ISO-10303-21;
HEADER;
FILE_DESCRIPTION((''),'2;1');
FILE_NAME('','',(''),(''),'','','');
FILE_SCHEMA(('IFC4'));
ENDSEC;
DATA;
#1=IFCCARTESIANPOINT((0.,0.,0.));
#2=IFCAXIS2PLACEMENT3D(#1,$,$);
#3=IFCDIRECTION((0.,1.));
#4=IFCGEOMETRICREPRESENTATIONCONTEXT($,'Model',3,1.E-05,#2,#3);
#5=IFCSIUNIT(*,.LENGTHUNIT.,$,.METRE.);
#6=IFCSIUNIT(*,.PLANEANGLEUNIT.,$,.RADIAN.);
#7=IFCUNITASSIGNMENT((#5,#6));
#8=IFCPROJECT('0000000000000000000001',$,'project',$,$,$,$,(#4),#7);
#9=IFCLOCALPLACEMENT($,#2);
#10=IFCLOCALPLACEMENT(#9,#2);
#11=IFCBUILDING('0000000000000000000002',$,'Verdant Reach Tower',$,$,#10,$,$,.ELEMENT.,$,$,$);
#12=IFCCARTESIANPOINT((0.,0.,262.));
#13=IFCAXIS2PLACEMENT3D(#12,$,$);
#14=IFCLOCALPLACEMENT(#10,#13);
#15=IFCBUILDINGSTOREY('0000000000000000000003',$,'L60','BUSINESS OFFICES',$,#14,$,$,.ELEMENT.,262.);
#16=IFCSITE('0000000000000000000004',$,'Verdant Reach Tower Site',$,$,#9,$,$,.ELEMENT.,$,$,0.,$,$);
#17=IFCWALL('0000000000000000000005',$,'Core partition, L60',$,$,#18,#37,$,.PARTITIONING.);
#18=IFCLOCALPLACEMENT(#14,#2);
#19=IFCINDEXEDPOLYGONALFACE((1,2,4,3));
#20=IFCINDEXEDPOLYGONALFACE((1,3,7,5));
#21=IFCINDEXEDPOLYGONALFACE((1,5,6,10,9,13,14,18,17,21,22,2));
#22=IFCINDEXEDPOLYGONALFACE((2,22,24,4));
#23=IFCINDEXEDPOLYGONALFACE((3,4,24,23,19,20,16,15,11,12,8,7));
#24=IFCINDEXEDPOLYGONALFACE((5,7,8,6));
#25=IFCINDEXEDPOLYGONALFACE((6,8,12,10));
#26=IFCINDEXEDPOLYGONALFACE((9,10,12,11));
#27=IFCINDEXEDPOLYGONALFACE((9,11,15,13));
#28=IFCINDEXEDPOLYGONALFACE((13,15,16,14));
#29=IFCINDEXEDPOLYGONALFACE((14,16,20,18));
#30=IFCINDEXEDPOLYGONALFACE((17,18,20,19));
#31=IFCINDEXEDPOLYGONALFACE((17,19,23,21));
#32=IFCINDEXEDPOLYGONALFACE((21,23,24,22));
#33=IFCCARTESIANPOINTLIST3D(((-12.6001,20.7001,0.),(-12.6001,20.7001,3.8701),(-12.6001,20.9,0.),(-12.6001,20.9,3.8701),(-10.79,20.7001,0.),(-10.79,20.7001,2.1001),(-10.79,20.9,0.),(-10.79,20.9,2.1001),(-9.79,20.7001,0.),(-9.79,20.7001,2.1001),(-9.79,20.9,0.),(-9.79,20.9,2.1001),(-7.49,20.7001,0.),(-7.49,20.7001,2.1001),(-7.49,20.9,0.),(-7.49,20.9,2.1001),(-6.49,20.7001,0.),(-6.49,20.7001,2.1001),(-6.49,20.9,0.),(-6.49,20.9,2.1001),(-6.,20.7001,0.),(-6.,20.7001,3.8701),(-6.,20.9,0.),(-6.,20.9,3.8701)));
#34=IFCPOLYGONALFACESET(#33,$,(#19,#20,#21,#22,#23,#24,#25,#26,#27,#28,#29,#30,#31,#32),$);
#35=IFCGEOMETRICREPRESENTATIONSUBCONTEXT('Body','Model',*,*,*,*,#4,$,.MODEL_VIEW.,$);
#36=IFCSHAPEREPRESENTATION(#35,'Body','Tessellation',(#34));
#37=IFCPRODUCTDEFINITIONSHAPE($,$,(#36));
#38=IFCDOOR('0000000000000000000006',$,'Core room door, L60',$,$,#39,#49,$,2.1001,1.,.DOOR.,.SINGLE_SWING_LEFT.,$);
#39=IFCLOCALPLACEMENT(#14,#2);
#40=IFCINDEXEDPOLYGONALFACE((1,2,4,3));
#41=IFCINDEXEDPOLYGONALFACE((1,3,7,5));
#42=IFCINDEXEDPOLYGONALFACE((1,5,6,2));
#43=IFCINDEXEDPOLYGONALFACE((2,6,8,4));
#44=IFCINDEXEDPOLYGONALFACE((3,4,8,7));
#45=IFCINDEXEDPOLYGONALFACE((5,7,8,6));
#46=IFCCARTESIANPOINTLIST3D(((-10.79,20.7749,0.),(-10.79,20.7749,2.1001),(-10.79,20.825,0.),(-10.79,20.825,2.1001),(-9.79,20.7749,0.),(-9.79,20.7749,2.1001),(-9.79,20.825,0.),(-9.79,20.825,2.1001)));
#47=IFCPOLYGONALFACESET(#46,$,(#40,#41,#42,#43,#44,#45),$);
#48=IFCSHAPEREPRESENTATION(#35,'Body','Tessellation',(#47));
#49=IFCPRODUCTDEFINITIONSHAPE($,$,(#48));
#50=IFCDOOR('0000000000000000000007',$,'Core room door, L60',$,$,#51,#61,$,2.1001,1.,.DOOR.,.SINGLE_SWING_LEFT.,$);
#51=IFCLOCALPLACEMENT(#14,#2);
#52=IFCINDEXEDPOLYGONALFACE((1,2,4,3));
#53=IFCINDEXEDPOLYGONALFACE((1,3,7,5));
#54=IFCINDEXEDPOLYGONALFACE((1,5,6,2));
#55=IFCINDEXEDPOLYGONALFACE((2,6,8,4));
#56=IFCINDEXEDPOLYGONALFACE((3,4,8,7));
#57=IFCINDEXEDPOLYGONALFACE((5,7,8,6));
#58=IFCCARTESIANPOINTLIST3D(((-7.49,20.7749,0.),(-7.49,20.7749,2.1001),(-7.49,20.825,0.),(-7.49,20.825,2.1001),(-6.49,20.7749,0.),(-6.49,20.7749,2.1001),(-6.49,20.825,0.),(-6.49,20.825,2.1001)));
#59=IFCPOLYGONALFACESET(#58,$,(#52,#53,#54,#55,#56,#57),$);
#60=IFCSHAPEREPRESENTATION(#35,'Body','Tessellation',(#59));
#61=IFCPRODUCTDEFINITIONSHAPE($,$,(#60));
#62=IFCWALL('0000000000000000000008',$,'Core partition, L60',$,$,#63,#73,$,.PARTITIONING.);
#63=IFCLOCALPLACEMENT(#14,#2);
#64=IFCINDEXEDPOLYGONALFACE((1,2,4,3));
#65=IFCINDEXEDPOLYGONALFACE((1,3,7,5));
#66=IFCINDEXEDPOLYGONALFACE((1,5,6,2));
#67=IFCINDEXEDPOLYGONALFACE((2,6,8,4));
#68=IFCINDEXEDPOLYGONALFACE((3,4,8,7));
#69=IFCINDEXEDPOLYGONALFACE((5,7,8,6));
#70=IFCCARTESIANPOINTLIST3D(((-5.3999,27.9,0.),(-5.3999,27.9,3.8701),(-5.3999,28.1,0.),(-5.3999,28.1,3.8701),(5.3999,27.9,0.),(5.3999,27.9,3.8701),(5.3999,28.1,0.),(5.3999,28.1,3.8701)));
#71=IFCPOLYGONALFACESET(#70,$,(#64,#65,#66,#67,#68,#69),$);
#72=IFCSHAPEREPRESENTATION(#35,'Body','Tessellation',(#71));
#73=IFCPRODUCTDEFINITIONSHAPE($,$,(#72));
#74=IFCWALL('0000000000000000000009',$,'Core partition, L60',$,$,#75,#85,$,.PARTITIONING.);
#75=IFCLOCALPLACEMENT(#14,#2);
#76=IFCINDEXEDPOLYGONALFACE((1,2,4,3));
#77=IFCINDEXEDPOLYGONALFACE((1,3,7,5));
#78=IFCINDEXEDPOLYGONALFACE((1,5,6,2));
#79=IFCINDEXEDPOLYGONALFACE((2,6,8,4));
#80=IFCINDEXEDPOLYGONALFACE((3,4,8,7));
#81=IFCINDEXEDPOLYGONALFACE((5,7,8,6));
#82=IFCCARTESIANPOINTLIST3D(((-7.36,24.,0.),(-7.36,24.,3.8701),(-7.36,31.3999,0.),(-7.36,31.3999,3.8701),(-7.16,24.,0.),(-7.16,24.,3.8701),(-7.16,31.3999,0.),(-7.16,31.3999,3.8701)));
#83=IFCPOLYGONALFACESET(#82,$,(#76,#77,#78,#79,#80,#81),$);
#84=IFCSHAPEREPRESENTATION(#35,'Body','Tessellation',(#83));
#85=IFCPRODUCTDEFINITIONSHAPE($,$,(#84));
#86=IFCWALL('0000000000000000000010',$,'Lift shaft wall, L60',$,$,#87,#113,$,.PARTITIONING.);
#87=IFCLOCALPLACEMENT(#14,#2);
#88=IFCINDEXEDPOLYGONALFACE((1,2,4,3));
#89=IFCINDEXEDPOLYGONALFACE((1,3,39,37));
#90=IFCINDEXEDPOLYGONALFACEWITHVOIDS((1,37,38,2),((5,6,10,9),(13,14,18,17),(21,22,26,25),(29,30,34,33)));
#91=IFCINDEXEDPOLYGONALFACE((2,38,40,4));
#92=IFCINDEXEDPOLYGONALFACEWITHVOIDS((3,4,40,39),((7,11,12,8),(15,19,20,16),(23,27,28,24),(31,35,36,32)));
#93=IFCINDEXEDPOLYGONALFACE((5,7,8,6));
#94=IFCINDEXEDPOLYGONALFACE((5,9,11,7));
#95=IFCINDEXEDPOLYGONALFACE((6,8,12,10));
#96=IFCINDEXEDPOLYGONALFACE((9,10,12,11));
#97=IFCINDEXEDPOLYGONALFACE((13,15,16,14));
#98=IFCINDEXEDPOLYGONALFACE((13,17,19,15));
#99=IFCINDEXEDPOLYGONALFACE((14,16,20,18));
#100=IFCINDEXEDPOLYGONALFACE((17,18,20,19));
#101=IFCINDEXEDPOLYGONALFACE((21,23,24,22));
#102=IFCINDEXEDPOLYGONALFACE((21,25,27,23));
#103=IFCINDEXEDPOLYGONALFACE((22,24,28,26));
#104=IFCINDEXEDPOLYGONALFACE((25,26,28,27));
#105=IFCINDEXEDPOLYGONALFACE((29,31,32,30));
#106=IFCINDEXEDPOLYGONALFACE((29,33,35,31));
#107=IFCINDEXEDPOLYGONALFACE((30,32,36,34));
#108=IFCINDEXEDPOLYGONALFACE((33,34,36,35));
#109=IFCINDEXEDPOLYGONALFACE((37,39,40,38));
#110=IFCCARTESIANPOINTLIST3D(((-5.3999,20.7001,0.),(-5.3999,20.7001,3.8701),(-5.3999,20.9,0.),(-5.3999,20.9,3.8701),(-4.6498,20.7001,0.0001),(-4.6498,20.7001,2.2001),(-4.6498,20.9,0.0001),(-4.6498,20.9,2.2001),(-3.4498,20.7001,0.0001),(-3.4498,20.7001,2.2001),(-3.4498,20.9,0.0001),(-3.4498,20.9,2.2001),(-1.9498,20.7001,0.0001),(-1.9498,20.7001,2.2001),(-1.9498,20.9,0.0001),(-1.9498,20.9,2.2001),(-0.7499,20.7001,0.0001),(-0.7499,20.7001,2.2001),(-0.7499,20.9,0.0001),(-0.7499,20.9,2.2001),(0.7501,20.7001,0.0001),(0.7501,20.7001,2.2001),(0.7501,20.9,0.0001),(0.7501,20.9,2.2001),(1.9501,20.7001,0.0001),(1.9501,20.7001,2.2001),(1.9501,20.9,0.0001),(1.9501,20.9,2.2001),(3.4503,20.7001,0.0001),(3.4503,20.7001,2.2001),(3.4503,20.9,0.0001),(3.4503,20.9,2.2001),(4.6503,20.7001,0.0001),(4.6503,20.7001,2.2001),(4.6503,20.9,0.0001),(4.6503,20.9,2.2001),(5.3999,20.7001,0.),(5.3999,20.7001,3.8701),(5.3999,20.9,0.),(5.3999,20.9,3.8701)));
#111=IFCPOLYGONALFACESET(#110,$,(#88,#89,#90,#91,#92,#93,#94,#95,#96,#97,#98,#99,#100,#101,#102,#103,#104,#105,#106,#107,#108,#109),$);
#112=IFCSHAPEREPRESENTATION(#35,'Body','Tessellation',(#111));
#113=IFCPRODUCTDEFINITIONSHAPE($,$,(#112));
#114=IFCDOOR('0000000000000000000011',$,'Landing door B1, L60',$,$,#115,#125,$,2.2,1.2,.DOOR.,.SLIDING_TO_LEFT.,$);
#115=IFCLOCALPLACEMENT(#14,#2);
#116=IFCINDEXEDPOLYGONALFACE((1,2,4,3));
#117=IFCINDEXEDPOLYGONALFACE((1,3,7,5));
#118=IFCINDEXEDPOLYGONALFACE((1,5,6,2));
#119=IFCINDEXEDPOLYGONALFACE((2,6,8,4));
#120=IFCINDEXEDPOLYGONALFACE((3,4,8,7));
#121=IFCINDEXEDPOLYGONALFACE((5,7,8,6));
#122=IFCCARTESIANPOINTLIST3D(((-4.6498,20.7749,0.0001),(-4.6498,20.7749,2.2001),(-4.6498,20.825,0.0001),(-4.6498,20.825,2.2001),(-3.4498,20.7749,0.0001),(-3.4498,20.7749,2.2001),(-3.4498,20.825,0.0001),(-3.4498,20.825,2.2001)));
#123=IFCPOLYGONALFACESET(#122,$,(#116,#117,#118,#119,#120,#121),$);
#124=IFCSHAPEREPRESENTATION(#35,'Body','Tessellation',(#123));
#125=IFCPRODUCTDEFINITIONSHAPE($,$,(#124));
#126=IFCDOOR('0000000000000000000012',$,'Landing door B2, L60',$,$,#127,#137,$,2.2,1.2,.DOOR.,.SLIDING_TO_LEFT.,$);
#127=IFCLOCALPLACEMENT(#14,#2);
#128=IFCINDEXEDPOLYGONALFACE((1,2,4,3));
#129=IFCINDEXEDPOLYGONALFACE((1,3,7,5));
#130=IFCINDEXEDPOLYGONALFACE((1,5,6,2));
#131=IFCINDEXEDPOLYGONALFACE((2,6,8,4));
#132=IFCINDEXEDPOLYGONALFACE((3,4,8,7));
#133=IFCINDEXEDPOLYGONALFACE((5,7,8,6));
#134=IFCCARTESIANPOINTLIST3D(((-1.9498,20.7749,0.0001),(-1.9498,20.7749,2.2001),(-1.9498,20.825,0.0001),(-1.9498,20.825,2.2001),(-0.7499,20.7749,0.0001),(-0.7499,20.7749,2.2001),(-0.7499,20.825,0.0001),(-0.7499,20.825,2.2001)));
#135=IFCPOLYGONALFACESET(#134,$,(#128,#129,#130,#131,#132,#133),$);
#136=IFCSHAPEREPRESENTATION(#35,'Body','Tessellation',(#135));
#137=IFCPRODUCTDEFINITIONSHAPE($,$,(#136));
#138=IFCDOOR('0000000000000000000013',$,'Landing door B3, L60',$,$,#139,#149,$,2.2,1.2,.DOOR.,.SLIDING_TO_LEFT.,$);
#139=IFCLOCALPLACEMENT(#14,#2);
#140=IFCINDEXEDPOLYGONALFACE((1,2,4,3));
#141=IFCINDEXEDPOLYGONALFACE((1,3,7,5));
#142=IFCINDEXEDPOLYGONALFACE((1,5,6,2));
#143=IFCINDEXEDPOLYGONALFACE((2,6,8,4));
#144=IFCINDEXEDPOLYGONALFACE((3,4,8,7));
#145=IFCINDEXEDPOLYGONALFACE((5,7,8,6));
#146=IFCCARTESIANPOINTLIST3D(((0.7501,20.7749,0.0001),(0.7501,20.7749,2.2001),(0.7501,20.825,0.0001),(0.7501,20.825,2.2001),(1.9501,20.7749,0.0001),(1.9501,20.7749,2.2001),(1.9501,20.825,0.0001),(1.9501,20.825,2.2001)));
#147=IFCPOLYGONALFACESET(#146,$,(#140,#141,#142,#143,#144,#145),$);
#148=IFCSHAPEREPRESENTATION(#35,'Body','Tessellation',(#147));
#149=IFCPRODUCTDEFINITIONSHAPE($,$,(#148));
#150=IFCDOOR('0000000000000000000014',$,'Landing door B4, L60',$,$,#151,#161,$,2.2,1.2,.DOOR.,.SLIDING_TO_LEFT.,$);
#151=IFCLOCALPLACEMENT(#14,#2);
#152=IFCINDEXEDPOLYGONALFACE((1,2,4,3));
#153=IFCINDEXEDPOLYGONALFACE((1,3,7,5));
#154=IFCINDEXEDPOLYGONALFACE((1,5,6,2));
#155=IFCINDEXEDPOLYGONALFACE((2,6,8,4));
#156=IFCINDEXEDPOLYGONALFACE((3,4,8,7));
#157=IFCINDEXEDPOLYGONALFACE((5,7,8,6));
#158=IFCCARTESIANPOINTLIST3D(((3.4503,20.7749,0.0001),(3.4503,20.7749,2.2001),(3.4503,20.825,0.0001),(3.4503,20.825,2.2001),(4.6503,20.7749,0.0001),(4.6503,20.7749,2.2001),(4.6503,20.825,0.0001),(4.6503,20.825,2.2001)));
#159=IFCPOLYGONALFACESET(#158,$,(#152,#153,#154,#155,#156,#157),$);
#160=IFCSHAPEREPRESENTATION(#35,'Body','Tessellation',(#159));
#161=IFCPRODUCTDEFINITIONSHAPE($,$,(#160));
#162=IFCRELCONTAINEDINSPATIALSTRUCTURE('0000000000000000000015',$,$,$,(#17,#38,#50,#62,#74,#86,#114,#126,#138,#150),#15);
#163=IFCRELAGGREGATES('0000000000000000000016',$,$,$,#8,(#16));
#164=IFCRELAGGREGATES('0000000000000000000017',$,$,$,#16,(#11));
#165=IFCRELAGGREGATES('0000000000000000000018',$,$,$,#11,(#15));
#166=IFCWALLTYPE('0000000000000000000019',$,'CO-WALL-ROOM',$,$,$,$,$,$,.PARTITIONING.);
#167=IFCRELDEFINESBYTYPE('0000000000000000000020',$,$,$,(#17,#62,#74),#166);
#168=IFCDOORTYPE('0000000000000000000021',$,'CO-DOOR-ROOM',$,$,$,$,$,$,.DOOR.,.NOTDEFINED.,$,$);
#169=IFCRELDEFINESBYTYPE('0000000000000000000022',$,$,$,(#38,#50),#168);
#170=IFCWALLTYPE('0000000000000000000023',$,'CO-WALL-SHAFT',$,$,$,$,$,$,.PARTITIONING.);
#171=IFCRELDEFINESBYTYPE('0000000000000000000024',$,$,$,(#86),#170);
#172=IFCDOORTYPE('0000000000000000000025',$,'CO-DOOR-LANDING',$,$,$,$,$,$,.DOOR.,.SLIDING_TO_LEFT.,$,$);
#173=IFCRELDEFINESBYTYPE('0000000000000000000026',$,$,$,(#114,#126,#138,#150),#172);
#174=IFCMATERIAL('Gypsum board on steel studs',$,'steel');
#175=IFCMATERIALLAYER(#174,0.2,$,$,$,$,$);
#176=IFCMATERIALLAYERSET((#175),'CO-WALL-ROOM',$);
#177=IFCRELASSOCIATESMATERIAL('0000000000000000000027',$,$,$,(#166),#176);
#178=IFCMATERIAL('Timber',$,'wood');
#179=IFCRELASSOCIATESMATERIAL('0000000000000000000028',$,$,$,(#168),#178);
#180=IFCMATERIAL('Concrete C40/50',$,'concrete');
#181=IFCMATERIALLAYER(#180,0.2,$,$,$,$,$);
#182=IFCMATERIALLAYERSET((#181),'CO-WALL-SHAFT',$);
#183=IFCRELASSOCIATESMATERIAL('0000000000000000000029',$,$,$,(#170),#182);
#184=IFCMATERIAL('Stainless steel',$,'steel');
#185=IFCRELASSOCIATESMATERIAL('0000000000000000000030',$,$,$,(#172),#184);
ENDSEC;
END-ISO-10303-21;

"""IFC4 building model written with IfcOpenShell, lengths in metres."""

from ifc_helpers import new_model, si_unit, direction, frame, frame_2d, origin, place, context, subcontext, project, spatial, rectangle, extrude, material, layer, layer_set, type_object, element, fill, save


model = new_model("IFC4")

# Units and contexts
model_context = context("Model", 3, precision=1e-05, world=origin(), true_north=direction((0.0, 1.0)))
body_context = subcontext(model_context, "Body", "Model", "MODEL_VIEW")
ifc_project = project(units=[si_unit("LENGTHUNIT", "METRE"), si_unit("PLANEANGLEUNIT", "RADIAN")], contexts=[model_context])

# Site, building, storey
site_placement = place(None, origin())
site = spatial("IfcSite", under=ifc_project, at=site_placement, Name="Verdant Reach Tower Site", CompositionType="ELEMENT", RefElevation=0.0)
building_placement = place(site_placement, origin())
building = spatial("IfcBuilding", under=site, at=building_placement, Name="Verdant Reach Tower", CompositionType="ELEMENT")
storey_placement = place(building_placement, frame((0.0, 0.0, 262.0)))
storey = spatial("IfcBuildingStorey", under=building, at=storey_placement, Name="L60", Description="BUSINESS OFFICES", CompositionType="ELEMENT", Elevation=262.0)

# Wall, openings, doors
ifc_material_1 = material(Name="Gypsum board on steel studs", Category="steel")
ifc_layer_1 = layer(ifc_material_1, 0.2)
ifc_layer_set_1 = layer_set([ifc_layer_1], Name="CO-WALL-ROOM")
wall_type_1 = type_object("IfcWallType", Name="CO-WALL-ROOM", PredefinedType="PARTITIONING", material=ifc_layer_set_1)
wall_1_placement = place(storey_placement, frame((-12.6001, 20.8, 0.0), z_axis=(0.0, 0.0, 1.0), x_axis=(1.0, 0.0, 0.0)))
wall_1 = element("IfcWall", 1, at=wall_1_placement, inside=storey, type_object=wall_type_1, Name="Core partition, L60", PredefinedType="PARTITIONING", context=body_context, shape_type="SweptSolid", body=[
    extrude(rectangle(XDim=6.6001, YDim=0.2, at=frame_2d((3.3, 0.0))), origin(), (0.0, 0.0, 1.0), 3.8701),
])
opening_1_placement = place(wall_1_placement, frame((1.8101, 0.0, 0.0)))
opening_1 = element("IfcOpeningElement", 2, at=opening_1_placement, cuts=wall_1, PredefinedType="OPENING", context=body_context, shape_type="SweptSolid", body=[
    extrude(rectangle(XDim=1.0, YDim=2.1001, at=frame_2d((0.5, 1.05))), frame((0.0, 0.1099, 0.0), z_axis=(0.0, -1.0, 0.0), x_axis=(1.0, 0.0, 0.0)), (0.0, 0.0, 1.0), 0.22),
])
opening_2_placement = place(wall_1_placement, frame((5.1101, 0.0, 0.0)))
opening_2 = element("IfcOpeningElement", 3, at=opening_2_placement, cuts=wall_1, PredefinedType="OPENING", context=body_context, shape_type="SweptSolid", body=[
    extrude(rectangle(XDim=1.0, YDim=2.1001, at=frame_2d((0.5, 1.05))), frame((0.0, 0.1099, 0.0), z_axis=(0.0, -1.0, 0.0), x_axis=(1.0, 0.0, 0.0)), (0.0, 0.0, 1.0), 0.22),
])
ifc_material_2 = material(Name="Timber", Category="wood")
door_type_1 = type_object("IfcDoorType", Name="CO-DOOR-ROOM", OperationType="NOTDEFINED", PredefinedType="DOOR", material=ifc_material_2)
door_1_placement = place(opening_1_placement, origin())
door_1 = element("IfcDoor", 4, at=door_1_placement, inside=storey, type_object=door_type_1, Name="Core room door, L60", OperationType="SINGLE_SWING_LEFT", OverallHeight=2.1001, OverallWidth=1.0, PredefinedType="DOOR", context=body_context, shape_type="SweptSolid", body=[
    extrude(rectangle(XDim=1.0, YDim=2.1001, at=frame_2d((0.5, 1.05))), frame((0.0, 0.0249, 0.0), z_axis=(0.0, -1.0, 0.0), x_axis=(1.0, 0.0, 0.0)), (0.0, 0.0, 1.0), 0.05),
])
fill(opening_1, door_1)
door_2_placement = place(opening_2_placement, origin())
door_2 = element("IfcDoor", 5, at=door_2_placement, inside=storey, type_object=door_type_1, Name="Core room door, L60", OperationType="SINGLE_SWING_LEFT", OverallHeight=2.1001, OverallWidth=1.0, PredefinedType="DOOR", context=body_context, shape_type="SweptSolid", body=[
    extrude(rectangle(XDim=1.0, YDim=2.1001, at=frame_2d((0.5, 1.05))), frame((0.0, 0.0249, 0.0), z_axis=(0.0, -1.0, 0.0), x_axis=(1.0, 0.0, 0.0)), (0.0, 0.0, 1.0), 0.05),
])
fill(opening_2, door_2)

# Walls
wall_2_placement = place(storey_placement, frame((-5.3999, 28.0, 0.0), z_axis=(0.0, 0.0, 1.0), x_axis=(1.0, 0.0, 0.0)))
element("IfcWall", 6, at=wall_2_placement, inside=storey, type_object=wall_type_1, Name="Core partition, L60", PredefinedType="PARTITIONING", context=body_context, shape_type="SweptSolid", body=[
    extrude(rectangle(XDim=10.7998, YDim=0.2, at=frame_2d((5.3999, 0.0))), origin(), (0.0, 0.0, 1.0), 3.8701),
])
wall_3_placement = place(storey_placement, frame((-7.26, 24.0, 0.0), z_axis=(0.0, 0.0, 1.0), x_axis=(0.0, 1.0, 0.0)))
element("IfcWall", 7, at=wall_3_placement, inside=storey, type_object=wall_type_1, Name="Core partition, L60", PredefinedType="PARTITIONING", context=body_context, shape_type="SweptSolid", body=[
    extrude(rectangle(XDim=7.3999, YDim=0.2, at=frame_2d((3.7, 0.0))), origin(), (0.0, 0.0, 1.0), 3.8701),
])

# Wall, openings, doors
ifc_material_3 = material(Name="Concrete C40/50", Category="concrete")
ifc_layer_2 = layer(ifc_material_3, 0.2)
ifc_layer_set_2 = layer_set([ifc_layer_2], Name="CO-WALL-SHAFT")
wall_type_2 = type_object("IfcWallType", Name="CO-WALL-SHAFT", PredefinedType="PARTITIONING", material=ifc_layer_set_2)
wall_4_placement = place(storey_placement, frame((-5.3999, 20.8, 0.0), z_axis=(0.0, 0.0, 1.0), x_axis=(1.0, 0.0, 0.0)))
wall_4 = element("IfcWall", 8, at=wall_4_placement, inside=storey, type_object=wall_type_2, Name="Lift shaft wall, L60", PredefinedType="PARTITIONING", context=body_context, shape_type="SweptSolid", body=[
    extrude(rectangle(XDim=10.7998, YDim=0.2, at=frame_2d((5.3999, 0.0))), origin(), (0.0, 0.0, 1.0), 3.8701),
])
opening_3_placement = place(wall_4_placement, frame((0.75, 0.0, 0.0)))
opening_3 = element("IfcOpeningElement", 9, at=opening_3_placement, cuts=wall_4, PredefinedType="OPENING", context=body_context, shape_type="SweptSolid", body=[
    extrude(rectangle(XDim=1.2, YDim=2.2, at=frame_2d((0.6001, 1.1001))), frame((0.0, 0.1099, 0.0), z_axis=(0.0, -1.0, 0.0), x_axis=(1.0, 0.0, 0.0)), (0.0, 0.0, 1.0), 0.22),
])
opening_4_placement = place(wall_4_placement, frame((3.45, 0.0, 0.0)))
opening_4 = element("IfcOpeningElement", 10, at=opening_4_placement, cuts=wall_4, PredefinedType="OPENING", context=body_context, shape_type="SweptSolid", body=[
    extrude(rectangle(XDim=1.2, YDim=2.2, at=frame_2d((0.6001, 1.1001))), frame((0.0, 0.1099, 0.0), z_axis=(0.0, -1.0, 0.0), x_axis=(1.0, 0.0, 0.0)), (0.0, 0.0, 1.0), 0.22),
])
opening_5_placement = place(wall_4_placement, frame((6.1499, 0.0, 0.0)))
opening_5 = element("IfcOpeningElement", 11, at=opening_5_placement, cuts=wall_4, PredefinedType="OPENING", context=body_context, shape_type="SweptSolid", body=[
    extrude(rectangle(XDim=1.2, YDim=2.2, at=frame_2d((0.6001, 1.1001))), frame((0.0, 0.1099, 0.0), z_axis=(0.0, -1.0, 0.0), x_axis=(1.0, 0.0, 0.0)), (0.0, 0.0, 1.0), 0.22),
])
opening_6_placement = place(wall_4_placement, frame((8.8501, 0.0, 0.0)))
opening_6 = element("IfcOpeningElement", 12, at=opening_6_placement, cuts=wall_4, PredefinedType="OPENING", context=body_context, shape_type="SweptSolid", body=[
    extrude(rectangle(XDim=1.2, YDim=2.2, at=frame_2d((0.6001, 1.1001))), frame((0.0, 0.1099, 0.0), z_axis=(0.0, -1.0, 0.0), x_axis=(1.0, 0.0, 0.0)), (0.0, 0.0, 1.0), 0.22),
])
ifc_material_4 = material(Name="Stainless steel", Category="steel")
door_type_2 = type_object("IfcDoorType", Name="CO-DOOR-LANDING", OperationType="SLIDING_TO_LEFT", PredefinedType="DOOR", material=ifc_material_4)
door_3_placement = place(opening_3_placement, origin())
door_3 = element("IfcDoor", 13, at=door_3_placement, inside=storey, type_object=door_type_2, Name="Landing door B1, L60", OperationType="SLIDING_TO_LEFT", OverallHeight=2.2, OverallWidth=1.2, PredefinedType="DOOR", context=body_context, shape_type="SweptSolid", body=[
    extrude(rectangle(XDim=1.2, YDim=2.2, at=frame_2d((0.6001, 1.1001))), frame((0.0, 0.0249, 0.0), z_axis=(0.0, -1.0, 0.0), x_axis=(1.0, 0.0, 0.0)), (0.0, 0.0, 1.0), 0.05),
])
fill(opening_3, door_3)
door_4_placement = place(opening_4_placement, origin())
door_4 = element("IfcDoor", 14, at=door_4_placement, inside=storey, type_object=door_type_2, Name="Landing door B2, L60", OperationType="SLIDING_TO_LEFT", OverallHeight=2.2, OverallWidth=1.2, PredefinedType="DOOR", context=body_context, shape_type="SweptSolid", body=[
    extrude(rectangle(XDim=1.2, YDim=2.2, at=frame_2d((0.6001, 1.1001))), frame((0.0, 0.0249, 0.0), z_axis=(0.0, -1.0, 0.0), x_axis=(1.0, 0.0, 0.0)), (0.0, 0.0, 1.0), 0.05),
])
fill(opening_4, door_4)
door_5_placement = place(opening_5_placement, origin())
door_5 = element("IfcDoor", 15, at=door_5_placement, inside=storey, type_object=door_type_2, Name="Landing door B3, L60", OperationType="SLIDING_TO_LEFT", OverallHeight=2.2, OverallWidth=1.2, PredefinedType="DOOR", context=body_context, shape_type="SweptSolid", body=[
    extrude(rectangle(XDim=1.2, YDim=2.2, at=frame_2d((0.6001, 1.1001))), frame((0.0, 0.0249, 0.0), z_axis=(0.0, -1.0, 0.0), x_axis=(1.0, 0.0, 0.0)), (0.0, 0.0, 1.0), 0.05),
])
fill(opening_5, door_5)
door_6_placement = place(opening_6_placement, origin())
door_6 = element("IfcDoor", 16, at=door_6_placement, inside=storey, type_object=door_type_2, Name="Landing door B4, L60", OperationType="SLIDING_TO_LEFT", OverallHeight=2.2, OverallWidth=1.2, PredefinedType="DOOR", context=body_context, shape_type="SweptSolid", body=[
    extrude(rectangle(XDim=1.2, YDim=2.2, at=frame_2d((0.6001, 1.1001))), frame((0.0, 0.0249, 0.0), z_axis=(0.0, -1.0, 0.0), x_axis=(1.0, 0.0, 0.0)), (0.0, 0.0, 1.0), 0.05),
])
fill(opening_6, door_6)

save(model, "model.ifc")
